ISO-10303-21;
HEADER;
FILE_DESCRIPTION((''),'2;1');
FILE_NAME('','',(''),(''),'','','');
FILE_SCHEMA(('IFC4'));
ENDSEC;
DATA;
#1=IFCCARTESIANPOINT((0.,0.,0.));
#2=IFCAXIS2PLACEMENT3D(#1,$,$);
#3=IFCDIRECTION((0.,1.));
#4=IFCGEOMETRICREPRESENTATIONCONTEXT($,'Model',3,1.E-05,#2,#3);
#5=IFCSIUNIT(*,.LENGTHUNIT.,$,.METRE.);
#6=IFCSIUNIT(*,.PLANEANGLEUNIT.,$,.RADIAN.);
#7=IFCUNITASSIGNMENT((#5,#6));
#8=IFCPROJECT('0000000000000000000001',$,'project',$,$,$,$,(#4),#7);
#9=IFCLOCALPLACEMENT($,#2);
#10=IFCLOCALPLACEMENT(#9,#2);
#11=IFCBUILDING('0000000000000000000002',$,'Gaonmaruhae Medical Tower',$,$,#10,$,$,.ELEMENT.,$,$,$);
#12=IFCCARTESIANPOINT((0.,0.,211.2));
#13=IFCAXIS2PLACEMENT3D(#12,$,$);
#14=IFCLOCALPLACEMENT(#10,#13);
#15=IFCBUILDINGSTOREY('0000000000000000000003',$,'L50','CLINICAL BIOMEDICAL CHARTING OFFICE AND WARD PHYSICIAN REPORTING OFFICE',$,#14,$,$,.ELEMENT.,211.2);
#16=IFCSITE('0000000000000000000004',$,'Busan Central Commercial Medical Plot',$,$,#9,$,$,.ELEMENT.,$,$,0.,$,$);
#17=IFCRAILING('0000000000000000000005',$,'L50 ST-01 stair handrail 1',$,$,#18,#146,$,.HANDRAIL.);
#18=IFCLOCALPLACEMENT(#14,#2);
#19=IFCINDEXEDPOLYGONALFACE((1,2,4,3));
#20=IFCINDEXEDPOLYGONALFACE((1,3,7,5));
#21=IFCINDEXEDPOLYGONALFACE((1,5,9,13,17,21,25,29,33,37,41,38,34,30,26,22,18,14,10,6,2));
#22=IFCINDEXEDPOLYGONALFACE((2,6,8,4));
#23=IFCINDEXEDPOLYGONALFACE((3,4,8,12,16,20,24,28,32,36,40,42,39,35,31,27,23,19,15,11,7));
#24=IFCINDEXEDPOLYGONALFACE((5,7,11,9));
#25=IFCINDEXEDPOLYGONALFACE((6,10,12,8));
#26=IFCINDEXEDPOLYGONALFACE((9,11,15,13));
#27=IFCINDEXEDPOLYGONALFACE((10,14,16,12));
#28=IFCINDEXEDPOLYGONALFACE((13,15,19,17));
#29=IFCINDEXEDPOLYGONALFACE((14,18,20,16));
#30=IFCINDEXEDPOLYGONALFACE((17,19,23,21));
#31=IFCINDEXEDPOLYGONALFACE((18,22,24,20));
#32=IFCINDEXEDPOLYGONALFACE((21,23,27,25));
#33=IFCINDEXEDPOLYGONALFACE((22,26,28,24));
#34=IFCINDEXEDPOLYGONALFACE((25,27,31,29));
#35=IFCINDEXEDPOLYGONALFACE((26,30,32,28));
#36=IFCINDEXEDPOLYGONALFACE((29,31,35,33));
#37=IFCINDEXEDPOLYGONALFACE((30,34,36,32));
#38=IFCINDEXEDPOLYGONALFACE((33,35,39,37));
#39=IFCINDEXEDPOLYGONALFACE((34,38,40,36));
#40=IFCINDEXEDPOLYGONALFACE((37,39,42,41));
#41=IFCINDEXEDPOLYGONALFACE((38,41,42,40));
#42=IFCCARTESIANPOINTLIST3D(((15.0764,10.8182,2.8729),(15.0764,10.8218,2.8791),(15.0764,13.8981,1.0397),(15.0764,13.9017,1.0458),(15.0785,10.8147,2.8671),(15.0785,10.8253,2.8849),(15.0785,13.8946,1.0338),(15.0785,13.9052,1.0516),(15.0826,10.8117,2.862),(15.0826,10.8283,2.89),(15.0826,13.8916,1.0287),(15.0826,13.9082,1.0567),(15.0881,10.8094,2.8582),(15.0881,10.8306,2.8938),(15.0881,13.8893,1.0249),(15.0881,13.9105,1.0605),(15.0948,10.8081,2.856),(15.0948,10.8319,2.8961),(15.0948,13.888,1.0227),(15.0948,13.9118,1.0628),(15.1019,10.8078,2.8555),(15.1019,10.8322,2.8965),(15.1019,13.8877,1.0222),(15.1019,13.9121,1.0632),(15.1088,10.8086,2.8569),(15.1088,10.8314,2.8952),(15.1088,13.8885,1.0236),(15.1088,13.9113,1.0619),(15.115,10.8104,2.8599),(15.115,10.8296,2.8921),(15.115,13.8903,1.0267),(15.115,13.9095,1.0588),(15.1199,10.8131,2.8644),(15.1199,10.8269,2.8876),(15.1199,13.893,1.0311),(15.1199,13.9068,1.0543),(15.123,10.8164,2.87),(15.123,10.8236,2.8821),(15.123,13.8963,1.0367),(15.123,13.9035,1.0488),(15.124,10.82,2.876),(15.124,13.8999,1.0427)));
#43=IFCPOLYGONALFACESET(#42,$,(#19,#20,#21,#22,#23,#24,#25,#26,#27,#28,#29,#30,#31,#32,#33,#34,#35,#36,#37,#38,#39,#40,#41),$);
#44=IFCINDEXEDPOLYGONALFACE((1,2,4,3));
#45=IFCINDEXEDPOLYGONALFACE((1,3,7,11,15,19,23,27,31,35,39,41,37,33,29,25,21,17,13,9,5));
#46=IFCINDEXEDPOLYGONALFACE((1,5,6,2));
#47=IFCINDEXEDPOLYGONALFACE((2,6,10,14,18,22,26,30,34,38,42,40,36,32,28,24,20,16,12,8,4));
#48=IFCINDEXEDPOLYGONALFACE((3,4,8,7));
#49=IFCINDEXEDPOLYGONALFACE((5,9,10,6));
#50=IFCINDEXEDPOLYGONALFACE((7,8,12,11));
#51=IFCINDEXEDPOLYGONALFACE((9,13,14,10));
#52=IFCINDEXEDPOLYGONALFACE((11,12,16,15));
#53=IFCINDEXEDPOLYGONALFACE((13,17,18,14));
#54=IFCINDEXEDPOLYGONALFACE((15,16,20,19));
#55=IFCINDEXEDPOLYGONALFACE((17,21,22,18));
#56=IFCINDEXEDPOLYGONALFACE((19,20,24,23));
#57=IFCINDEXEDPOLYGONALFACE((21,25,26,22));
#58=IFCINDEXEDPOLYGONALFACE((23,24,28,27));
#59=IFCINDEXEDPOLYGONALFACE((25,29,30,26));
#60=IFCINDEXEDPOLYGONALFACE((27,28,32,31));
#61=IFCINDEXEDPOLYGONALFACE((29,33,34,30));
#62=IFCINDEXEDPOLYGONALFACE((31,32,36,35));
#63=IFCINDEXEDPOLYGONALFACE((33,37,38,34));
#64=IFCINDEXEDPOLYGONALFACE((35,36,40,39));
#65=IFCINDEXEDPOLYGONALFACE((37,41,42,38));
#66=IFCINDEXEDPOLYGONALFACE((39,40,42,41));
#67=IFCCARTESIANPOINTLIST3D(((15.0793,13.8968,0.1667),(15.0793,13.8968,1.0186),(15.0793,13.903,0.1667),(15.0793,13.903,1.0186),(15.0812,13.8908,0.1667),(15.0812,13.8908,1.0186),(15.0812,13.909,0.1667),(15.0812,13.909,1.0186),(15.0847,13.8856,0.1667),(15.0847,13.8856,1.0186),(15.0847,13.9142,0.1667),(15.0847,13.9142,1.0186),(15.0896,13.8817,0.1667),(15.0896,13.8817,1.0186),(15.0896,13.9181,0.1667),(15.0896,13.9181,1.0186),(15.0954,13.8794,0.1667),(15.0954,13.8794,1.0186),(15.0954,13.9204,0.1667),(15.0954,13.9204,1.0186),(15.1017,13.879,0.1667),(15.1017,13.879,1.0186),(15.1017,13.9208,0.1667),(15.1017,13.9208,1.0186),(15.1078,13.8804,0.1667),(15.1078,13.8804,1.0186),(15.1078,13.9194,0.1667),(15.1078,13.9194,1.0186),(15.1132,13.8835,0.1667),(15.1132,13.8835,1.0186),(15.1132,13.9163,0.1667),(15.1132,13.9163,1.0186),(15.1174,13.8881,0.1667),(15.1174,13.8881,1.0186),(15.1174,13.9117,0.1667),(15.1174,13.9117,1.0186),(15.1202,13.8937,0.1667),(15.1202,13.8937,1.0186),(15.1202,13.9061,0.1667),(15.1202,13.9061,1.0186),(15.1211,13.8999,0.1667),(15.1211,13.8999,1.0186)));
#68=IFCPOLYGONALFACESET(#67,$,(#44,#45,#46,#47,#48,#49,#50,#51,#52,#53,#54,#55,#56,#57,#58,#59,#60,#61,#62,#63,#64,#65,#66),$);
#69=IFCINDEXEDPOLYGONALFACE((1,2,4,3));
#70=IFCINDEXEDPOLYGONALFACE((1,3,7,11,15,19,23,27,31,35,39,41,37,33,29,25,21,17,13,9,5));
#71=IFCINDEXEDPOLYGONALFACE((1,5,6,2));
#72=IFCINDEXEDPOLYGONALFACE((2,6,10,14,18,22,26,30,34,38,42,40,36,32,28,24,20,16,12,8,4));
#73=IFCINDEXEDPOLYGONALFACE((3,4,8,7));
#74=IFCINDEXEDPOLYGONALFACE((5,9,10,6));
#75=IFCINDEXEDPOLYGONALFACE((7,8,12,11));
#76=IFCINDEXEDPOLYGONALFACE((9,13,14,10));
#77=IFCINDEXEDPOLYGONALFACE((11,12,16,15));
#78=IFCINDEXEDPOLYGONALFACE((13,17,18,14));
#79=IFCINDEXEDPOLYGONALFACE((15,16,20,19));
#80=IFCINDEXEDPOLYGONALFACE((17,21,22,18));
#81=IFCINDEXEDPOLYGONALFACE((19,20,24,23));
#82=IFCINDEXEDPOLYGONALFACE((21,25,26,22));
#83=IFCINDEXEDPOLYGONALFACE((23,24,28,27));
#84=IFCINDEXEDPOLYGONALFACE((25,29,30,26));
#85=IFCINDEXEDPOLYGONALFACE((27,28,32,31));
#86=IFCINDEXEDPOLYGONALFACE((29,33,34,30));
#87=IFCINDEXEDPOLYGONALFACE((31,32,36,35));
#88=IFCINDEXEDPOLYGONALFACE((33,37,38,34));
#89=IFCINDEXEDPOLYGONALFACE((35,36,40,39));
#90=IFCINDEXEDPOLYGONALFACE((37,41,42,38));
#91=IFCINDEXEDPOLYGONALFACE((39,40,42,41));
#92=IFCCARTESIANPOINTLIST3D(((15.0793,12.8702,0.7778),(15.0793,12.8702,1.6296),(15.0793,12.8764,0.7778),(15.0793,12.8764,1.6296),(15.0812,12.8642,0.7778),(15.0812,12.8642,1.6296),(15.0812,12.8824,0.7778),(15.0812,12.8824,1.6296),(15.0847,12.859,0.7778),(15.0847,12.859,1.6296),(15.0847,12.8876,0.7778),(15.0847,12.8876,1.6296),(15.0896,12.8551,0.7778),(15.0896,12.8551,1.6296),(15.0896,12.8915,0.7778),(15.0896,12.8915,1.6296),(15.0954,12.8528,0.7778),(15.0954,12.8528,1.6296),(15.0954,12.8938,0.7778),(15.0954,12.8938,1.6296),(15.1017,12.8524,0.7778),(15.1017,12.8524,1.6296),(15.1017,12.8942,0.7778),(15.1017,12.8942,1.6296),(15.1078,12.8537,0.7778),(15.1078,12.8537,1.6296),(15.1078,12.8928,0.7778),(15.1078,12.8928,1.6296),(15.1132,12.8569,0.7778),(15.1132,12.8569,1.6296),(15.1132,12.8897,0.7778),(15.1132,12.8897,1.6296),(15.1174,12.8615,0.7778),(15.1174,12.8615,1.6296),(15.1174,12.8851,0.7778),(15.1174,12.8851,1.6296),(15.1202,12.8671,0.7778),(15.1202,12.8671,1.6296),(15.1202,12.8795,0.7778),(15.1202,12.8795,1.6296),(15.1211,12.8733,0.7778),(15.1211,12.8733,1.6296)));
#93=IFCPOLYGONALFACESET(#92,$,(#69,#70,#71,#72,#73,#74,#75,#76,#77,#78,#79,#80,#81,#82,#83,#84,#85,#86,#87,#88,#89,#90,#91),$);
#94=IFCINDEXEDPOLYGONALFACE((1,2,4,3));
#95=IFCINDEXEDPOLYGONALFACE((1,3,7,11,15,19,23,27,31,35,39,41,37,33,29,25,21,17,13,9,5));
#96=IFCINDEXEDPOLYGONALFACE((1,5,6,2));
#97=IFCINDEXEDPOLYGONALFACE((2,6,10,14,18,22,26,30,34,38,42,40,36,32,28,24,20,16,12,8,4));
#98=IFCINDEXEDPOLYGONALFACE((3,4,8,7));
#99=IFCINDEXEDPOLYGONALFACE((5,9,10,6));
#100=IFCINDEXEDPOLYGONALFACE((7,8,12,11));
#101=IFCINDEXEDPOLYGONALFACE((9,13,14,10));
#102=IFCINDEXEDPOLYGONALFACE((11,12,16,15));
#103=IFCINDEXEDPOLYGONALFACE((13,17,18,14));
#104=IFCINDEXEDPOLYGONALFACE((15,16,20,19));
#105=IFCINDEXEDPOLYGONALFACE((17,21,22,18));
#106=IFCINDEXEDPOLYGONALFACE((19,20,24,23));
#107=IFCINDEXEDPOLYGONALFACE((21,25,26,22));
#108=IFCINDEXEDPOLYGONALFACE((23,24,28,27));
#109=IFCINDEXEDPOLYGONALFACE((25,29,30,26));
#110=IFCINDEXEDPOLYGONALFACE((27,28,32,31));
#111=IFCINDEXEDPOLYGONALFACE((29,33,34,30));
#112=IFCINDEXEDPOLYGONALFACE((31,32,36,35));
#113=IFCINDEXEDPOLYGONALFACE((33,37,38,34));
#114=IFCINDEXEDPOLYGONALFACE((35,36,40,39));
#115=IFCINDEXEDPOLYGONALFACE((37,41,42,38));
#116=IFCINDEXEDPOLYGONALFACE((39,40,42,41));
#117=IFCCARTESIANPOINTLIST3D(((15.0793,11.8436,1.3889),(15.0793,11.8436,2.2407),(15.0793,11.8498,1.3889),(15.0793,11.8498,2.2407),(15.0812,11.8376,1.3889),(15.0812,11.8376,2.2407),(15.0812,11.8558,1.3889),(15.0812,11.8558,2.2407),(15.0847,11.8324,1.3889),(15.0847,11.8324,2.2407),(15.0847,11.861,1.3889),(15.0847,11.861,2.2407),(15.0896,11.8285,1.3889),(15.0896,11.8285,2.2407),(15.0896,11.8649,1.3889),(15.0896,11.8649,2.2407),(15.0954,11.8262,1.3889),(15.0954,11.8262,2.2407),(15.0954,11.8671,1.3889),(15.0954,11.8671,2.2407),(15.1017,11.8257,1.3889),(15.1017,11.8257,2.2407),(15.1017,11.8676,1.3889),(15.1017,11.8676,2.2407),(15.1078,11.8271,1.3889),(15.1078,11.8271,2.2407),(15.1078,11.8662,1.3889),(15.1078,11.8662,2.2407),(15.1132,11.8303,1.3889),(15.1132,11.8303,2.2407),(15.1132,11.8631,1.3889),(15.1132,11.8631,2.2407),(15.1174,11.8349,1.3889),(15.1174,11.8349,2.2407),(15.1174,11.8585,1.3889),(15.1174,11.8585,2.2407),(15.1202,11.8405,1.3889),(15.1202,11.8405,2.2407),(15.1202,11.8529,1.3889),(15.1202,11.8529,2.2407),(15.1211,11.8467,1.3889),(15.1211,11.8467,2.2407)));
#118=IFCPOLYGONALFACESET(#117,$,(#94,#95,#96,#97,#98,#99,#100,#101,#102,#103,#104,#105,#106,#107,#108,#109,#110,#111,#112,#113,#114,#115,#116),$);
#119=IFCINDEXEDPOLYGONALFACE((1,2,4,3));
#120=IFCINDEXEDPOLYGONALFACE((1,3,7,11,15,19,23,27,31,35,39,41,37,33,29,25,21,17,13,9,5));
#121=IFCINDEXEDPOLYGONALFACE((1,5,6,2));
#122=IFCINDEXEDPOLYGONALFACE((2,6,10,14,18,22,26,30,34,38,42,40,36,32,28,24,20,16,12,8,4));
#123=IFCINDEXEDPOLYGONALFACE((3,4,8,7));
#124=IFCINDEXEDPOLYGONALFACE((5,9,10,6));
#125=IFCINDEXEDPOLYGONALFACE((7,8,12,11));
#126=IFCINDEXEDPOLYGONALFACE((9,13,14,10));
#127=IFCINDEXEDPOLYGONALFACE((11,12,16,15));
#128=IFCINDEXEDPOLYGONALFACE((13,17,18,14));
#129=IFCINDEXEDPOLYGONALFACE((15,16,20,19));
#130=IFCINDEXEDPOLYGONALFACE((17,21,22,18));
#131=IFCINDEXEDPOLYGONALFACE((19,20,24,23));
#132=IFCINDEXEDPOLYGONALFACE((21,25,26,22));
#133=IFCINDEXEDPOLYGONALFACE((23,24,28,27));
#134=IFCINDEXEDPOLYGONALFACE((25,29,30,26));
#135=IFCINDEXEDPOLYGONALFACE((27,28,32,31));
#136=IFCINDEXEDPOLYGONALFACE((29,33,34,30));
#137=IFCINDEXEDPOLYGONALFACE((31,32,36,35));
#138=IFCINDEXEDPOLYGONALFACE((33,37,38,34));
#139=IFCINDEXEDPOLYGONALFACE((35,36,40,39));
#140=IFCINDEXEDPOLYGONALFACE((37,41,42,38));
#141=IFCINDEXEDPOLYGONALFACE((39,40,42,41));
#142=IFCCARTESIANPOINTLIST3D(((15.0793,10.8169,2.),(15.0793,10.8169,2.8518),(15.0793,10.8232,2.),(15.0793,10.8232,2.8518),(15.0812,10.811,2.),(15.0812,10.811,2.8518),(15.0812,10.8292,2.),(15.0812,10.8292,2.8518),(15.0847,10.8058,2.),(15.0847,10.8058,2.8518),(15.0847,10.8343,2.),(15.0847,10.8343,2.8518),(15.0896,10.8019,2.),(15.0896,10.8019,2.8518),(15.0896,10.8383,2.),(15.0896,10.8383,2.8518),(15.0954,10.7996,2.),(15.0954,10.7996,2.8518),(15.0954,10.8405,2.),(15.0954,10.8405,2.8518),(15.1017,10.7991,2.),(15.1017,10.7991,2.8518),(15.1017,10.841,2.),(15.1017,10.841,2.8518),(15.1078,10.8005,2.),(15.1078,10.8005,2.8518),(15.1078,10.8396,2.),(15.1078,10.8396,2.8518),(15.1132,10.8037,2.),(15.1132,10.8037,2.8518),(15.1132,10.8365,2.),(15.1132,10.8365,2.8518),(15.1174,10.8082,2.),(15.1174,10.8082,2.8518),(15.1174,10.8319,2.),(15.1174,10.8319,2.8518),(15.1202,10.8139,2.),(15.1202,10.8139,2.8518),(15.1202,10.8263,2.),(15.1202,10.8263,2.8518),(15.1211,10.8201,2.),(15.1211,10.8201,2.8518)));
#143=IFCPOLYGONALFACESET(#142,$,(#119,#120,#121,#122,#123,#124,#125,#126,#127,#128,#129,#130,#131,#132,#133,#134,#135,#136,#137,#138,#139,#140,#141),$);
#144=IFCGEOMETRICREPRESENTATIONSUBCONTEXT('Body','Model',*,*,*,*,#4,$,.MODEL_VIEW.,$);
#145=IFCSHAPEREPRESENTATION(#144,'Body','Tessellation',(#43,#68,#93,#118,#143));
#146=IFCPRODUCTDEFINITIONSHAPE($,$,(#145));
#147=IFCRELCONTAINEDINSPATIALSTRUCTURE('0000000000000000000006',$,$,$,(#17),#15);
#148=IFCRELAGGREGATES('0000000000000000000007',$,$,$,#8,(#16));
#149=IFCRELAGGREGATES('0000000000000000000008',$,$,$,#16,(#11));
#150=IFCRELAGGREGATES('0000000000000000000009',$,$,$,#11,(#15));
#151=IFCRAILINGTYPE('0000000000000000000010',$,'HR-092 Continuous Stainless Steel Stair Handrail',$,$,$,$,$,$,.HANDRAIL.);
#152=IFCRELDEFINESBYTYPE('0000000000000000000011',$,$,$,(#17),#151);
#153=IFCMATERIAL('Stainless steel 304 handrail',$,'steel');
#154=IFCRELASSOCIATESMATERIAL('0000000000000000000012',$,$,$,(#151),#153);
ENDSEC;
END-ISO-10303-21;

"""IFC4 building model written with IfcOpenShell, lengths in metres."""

from ifc_helpers import new_model, si_unit, direction, frame, origin, origin_2d, place, context, subcontext, project, spatial, circle, extrude, material, type_object, element, save


model = new_model("IFC4")

# Units and contexts
model_context = context("Model", 3, precision=1e-05, world=origin(), true_north=direction((0.0, 1.0)))
body_context = subcontext(model_context, "Body", "Model", "MODEL_VIEW")
ifc_project = project(units=[si_unit("LENGTHUNIT", "METRE"), si_unit("PLANEANGLEUNIT", "RADIAN")], contexts=[model_context])

# Site, building, storey
site_placement = place(None, origin())
site = spatial("IfcSite", under=ifc_project, at=site_placement, Name="Busan Central Commercial Medical Plot", CompositionType="ELEMENT", RefElevation=0.0)
building_placement = place(site_placement, origin())
building = spatial("IfcBuilding", under=site, at=building_placement, Name="Gaonmaruhae Medical Tower", CompositionType="ELEMENT")
storey_placement = place(building_placement, frame((0.0, 0.0, 211.2)))
storey = spatial("IfcBuildingStorey", under=building, at=storey_placement, Name="L50", Description="CLINICAL BIOMEDICAL CHARTING OFFICE AND WARD PHYSICIAN REPORTING OFFICE", CompositionType="ELEMENT", Elevation=211.2)

# Railing
ifc_material_1 = material(Name="Stainless steel 304 handrail", Category="steel")
railing_type_1 = type_object("IfcRailingType", Name="HR-092 Continuous Stainless Steel Stair Handrail", PredefinedType="HANDRAIL", material=ifc_material_1)
railing_1_placement = place(storey_placement, frame((15.1001, 13.8999, 0.1667)))
element("IfcRailing", 1, at=railing_1_placement, inside=storey, type_object=railing_type_1, Name="L50 ST-01 stair handrail 1", PredefinedType="HANDRAIL", context=body_context, shape_type="SweptSolid", body=[
    extrude(circle(Radius=0.0239, at=origin_2d()), frame((0.0, 0.0, 0.876), z_axis=(0.0, -0.859291, 0.511487), x_axis=(1.0, 0.0, 0.0)), (0.0, 0.0, 1.0), 3.5842),
    extrude(circle(Radius=0.021, at=origin_2d()), origin(), (0.0, 0.0, 1.0), 0.8518),
    extrude(circle(Radius=0.021, at=origin_2d()), frame((0.0, -1.0266, 0.6111)), (0.0, 0.0, 1.0), 0.8518),
    extrude(circle(Radius=0.021, at=origin_2d()), frame((0.0, -2.0532, 1.2222)), (0.0, 0.0, 1.0), 0.8518),
    extrude(circle(Radius=0.021, at=origin_2d()), frame((0.0, -3.0798, 1.8333)), (0.0, 0.0, 1.0), 0.8518),
])

save(model, "model.ifc")
